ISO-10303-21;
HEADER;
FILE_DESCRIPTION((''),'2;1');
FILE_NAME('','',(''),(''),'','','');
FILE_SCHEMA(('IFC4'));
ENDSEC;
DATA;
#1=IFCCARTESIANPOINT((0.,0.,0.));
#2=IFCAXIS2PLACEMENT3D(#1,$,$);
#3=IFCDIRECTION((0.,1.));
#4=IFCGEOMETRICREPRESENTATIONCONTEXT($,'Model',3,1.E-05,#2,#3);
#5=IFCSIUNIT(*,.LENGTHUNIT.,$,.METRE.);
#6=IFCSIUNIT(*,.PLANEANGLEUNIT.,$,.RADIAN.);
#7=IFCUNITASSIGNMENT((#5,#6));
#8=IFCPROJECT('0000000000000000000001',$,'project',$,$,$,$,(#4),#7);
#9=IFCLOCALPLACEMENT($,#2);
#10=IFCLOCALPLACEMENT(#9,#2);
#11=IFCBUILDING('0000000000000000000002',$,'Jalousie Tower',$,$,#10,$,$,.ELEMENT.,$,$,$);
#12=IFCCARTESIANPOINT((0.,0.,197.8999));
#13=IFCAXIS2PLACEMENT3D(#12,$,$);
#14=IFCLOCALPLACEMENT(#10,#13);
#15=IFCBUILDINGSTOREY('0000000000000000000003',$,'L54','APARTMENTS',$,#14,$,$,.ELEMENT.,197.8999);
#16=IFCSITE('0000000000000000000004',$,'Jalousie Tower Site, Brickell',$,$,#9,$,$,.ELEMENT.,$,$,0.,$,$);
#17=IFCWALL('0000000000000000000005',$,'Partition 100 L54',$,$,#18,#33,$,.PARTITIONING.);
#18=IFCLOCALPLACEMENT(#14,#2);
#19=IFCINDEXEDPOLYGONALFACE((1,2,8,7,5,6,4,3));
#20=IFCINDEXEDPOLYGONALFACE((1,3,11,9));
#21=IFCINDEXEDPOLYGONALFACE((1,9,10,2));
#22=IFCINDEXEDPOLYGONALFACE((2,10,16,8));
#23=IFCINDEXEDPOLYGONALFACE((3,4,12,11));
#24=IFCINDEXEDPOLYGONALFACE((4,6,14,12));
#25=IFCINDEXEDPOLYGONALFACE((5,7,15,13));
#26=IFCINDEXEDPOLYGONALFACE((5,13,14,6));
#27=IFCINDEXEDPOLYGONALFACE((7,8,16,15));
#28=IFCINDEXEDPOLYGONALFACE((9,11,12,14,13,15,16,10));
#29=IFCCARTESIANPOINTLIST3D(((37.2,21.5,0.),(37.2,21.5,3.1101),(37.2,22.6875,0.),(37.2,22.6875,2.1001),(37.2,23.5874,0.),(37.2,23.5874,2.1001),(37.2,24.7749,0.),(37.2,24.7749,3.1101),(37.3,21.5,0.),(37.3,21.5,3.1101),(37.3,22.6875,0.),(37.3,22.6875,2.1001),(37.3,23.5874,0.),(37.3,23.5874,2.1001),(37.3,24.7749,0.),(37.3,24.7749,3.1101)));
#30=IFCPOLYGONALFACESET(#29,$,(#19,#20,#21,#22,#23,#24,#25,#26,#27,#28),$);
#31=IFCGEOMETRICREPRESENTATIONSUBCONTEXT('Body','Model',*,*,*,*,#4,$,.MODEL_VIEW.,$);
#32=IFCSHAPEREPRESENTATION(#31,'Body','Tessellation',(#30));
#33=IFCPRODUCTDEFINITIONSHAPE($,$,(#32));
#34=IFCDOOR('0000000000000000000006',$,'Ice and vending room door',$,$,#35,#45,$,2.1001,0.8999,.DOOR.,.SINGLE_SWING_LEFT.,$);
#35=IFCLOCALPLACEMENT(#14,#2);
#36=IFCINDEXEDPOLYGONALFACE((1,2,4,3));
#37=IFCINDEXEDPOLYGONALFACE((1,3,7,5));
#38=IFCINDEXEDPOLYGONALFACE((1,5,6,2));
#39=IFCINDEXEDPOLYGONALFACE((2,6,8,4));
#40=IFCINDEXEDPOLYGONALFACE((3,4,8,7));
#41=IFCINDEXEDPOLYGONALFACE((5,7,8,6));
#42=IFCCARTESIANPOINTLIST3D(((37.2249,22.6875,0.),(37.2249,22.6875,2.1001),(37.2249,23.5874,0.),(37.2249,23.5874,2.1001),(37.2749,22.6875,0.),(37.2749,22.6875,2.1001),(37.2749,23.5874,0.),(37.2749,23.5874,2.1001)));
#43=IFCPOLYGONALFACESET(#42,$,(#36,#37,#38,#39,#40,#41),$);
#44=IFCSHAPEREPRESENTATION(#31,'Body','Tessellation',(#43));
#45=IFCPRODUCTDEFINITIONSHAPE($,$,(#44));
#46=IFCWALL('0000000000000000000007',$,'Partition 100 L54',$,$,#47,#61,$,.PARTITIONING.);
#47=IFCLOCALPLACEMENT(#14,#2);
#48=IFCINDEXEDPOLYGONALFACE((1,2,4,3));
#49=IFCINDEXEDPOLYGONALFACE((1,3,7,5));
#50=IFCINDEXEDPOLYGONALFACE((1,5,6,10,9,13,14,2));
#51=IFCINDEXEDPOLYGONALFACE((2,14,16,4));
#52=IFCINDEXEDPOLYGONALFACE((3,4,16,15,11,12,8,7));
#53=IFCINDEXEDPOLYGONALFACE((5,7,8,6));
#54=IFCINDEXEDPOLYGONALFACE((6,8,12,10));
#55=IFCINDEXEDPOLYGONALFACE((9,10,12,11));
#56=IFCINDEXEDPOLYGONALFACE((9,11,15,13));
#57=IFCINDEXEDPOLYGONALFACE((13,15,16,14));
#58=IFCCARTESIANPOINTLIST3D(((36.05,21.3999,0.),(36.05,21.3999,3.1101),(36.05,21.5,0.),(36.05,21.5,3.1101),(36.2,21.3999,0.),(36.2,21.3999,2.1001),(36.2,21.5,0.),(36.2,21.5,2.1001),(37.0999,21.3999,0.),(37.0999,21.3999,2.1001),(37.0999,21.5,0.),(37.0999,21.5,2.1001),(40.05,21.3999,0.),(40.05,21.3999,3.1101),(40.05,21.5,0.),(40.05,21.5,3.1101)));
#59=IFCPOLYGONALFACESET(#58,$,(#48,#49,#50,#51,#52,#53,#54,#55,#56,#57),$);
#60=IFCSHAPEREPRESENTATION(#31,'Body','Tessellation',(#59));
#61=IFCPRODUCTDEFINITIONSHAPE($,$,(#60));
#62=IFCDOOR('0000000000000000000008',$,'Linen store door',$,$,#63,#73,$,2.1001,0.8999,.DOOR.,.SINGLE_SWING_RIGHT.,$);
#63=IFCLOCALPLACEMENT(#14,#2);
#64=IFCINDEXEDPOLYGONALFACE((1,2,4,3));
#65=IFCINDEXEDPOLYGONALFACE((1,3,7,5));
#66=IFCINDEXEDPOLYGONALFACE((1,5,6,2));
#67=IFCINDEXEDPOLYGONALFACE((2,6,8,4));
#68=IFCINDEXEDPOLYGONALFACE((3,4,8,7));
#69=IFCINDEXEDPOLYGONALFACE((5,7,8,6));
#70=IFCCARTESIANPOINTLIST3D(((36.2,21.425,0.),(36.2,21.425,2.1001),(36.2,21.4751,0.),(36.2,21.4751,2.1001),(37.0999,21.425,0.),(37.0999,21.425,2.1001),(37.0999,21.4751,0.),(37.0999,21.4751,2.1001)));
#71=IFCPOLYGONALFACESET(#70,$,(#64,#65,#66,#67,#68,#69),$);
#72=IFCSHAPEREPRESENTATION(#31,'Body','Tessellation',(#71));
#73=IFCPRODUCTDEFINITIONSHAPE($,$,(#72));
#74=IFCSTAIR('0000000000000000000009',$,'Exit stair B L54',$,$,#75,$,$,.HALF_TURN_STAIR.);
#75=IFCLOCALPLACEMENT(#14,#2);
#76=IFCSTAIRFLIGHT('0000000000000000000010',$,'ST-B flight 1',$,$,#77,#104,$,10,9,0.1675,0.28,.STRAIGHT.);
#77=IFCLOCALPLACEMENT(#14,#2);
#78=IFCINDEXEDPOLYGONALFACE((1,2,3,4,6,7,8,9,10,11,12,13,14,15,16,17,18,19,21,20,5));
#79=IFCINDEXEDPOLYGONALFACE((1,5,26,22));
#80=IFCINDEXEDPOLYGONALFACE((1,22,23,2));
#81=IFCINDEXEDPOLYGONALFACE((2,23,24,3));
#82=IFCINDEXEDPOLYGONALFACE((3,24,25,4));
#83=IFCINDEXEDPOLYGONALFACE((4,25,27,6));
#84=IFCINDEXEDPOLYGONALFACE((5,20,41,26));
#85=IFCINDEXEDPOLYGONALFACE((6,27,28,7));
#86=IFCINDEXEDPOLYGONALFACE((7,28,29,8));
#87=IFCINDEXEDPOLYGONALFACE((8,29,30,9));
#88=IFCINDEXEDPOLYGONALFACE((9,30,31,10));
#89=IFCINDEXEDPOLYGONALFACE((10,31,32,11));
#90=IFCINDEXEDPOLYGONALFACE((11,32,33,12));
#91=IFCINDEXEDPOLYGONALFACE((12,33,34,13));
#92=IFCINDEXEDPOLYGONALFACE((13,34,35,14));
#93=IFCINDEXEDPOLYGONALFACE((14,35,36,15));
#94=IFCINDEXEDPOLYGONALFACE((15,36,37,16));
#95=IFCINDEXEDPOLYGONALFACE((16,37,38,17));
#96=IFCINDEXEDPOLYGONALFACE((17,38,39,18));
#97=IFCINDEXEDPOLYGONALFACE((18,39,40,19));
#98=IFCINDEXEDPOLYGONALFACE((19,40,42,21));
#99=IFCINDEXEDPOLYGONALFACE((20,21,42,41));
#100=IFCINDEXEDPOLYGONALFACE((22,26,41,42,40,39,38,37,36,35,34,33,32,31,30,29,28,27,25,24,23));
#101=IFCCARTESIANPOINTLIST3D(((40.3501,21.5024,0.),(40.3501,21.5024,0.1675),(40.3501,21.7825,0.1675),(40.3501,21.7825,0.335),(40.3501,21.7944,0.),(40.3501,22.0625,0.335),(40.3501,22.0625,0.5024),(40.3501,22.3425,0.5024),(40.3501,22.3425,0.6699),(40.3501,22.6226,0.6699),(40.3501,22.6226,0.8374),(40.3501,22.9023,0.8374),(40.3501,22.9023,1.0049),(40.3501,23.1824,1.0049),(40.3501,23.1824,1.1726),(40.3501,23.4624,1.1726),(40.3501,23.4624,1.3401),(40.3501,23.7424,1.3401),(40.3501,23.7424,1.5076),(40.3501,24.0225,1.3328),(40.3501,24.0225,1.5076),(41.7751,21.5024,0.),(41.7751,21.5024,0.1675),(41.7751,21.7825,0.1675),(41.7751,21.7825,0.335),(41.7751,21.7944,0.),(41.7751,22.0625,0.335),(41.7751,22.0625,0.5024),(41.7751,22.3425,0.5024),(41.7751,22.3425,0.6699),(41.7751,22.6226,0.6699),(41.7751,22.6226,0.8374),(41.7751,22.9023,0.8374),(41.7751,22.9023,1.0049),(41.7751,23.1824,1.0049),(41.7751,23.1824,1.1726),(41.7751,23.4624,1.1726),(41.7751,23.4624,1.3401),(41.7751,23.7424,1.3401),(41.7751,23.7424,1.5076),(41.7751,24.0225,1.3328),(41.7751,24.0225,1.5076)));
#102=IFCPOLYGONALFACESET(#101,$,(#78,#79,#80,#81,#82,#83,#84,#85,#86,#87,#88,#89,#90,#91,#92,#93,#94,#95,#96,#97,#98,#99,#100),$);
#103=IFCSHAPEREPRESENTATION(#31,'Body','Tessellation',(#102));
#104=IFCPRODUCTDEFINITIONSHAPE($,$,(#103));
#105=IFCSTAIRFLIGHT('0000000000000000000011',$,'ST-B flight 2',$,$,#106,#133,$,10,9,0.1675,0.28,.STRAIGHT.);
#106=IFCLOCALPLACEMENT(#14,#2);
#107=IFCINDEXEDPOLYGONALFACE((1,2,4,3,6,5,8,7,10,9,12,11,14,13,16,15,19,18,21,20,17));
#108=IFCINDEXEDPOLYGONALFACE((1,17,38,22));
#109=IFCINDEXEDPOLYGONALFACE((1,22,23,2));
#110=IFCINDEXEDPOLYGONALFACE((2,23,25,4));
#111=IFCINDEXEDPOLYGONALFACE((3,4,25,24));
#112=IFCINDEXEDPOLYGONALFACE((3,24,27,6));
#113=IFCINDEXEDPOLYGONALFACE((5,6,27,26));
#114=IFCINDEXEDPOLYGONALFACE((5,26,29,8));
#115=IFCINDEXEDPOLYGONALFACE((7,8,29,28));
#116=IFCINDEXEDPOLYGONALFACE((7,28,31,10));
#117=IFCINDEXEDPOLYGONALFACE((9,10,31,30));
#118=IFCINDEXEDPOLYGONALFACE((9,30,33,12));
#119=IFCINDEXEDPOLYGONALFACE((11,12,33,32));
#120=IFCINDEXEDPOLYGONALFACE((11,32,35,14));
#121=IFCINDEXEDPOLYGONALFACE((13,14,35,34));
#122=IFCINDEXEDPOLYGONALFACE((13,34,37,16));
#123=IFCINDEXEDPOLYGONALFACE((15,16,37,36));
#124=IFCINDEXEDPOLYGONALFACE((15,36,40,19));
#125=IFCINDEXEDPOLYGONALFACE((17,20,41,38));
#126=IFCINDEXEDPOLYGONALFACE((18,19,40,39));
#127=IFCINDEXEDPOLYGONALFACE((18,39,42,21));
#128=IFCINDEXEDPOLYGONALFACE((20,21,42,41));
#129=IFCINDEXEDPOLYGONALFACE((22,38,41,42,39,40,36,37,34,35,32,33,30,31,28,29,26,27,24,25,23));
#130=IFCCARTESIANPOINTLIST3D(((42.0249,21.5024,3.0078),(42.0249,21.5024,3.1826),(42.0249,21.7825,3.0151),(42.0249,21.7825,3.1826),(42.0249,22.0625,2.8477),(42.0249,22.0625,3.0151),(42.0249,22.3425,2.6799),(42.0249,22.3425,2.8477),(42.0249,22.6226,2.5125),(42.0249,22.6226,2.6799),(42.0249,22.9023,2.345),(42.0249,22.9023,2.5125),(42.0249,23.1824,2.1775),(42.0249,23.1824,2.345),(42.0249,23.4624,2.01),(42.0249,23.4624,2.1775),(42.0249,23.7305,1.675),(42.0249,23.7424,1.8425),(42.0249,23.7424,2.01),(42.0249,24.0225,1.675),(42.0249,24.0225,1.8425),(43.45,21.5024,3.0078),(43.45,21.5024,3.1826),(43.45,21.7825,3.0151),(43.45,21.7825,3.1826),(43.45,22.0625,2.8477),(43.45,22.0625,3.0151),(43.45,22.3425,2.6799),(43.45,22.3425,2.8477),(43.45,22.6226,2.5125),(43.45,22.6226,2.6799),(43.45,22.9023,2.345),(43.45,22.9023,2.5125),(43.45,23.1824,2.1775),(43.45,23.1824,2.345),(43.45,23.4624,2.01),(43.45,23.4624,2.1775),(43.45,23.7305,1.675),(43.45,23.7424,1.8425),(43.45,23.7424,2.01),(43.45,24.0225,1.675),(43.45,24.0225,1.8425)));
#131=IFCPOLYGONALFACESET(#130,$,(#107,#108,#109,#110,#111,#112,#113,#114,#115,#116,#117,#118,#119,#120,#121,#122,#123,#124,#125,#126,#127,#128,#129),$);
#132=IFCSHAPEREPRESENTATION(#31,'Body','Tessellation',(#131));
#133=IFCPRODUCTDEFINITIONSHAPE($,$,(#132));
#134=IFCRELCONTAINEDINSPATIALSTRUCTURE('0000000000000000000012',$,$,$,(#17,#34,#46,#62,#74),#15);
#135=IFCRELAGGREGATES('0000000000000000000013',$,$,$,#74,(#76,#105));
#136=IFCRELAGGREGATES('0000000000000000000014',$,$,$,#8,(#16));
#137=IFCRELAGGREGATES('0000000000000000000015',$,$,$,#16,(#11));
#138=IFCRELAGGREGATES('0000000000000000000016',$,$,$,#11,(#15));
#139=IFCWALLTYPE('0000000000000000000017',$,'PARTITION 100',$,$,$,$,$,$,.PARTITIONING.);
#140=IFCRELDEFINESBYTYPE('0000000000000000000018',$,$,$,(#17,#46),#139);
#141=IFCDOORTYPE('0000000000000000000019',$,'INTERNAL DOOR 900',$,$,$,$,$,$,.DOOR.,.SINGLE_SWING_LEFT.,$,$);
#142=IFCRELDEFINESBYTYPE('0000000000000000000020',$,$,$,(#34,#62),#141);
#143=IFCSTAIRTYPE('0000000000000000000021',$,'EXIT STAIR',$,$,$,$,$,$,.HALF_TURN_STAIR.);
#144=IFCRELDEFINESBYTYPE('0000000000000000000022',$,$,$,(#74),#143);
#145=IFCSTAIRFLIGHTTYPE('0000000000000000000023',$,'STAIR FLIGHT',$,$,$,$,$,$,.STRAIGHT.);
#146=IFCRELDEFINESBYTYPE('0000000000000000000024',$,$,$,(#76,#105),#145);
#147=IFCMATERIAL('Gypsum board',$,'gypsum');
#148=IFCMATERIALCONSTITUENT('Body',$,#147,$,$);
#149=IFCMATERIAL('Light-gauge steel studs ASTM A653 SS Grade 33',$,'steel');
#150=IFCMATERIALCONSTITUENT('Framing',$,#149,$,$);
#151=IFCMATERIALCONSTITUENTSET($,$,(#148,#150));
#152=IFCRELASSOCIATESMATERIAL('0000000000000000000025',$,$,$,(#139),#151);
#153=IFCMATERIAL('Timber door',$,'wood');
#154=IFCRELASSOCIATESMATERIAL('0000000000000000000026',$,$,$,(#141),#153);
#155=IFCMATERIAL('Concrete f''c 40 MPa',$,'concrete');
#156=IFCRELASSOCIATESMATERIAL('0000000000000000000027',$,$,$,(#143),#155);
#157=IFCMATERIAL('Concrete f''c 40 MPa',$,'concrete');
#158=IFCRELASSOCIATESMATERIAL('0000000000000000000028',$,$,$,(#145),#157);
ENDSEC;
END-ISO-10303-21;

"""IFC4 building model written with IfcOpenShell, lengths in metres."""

from ifc_helpers import new_model, si_unit, direction, frame, frame_2d, origin, place, context, subcontext, project, spatial, polyline, rectangle, outline, extrude, material, constituent, constituent_set, type_object, element, fill, aggregate, save


model = new_model("IFC4")

# Units and contexts
model_context = context("Model", 3, precision=1e-05, world=origin(), true_north=direction((0.0, 1.0)))
body_context = subcontext(model_context, "Body", "Model", "MODEL_VIEW")
ifc_project = project(units=[si_unit("LENGTHUNIT", "METRE"), si_unit("PLANEANGLEUNIT", "RADIAN")], contexts=[model_context])

# Site, building, storey
site_placement = place(None, origin())
site = spatial("IfcSite", under=ifc_project, at=site_placement, Name="Jalousie Tower Site, Brickell", CompositionType="ELEMENT", RefElevation=0.0)
building_placement = place(site_placement, origin())
building = spatial("IfcBuilding", under=site, at=building_placement, Name="Jalousie Tower", CompositionType="ELEMENT")
storey_placement = place(building_placement, frame((0.0, 0.0, 197.8999)))
storey = spatial("IfcBuildingStorey", under=building, at=storey_placement, Name="L54", Description="APARTMENTS", CompositionType="ELEMENT", Elevation=197.8999)

# Shared definitions
ifc_material_1 = material(Name="Gypsum board", Category="gypsum")
ifc_constituent_1 = constituent(ifc_material_1, Name="Body")
ifc_material_2 = material(Name="Light-gauge steel studs ASTM A653 SS Grade 33", Category="steel")
ifc_constituent_2 = constituent(ifc_material_2, Name="Framing")
ifc_constituent_set_1 = constituent_set(constituents=[ifc_constituent_1, ifc_constituent_2])
wall_type_1 = type_object("IfcWallType", Name="PARTITION 100", PredefinedType="PARTITIONING", material=ifc_constituent_set_1)
ifc_material_3 = material(Name="Timber door", Category="wood")
door_type_1 = type_object("IfcDoorType", Name="INTERNAL DOOR 900", OperationType="SINGLE_SWING_LEFT", PredefinedType="DOOR", material=ifc_material_3)

# Walls, openings, doors
wall_1_placement = place(storey_placement, frame((37.25, 21.5, 0.0), z_axis=(0.0, 0.0, 1.0), x_axis=(0.0, 1.0, 0.0)))
wall_1 = element("IfcWall", 1, at=wall_1_placement, inside=storey, type_object=wall_type_1, Name="Partition 100 L54", PredefinedType="PARTITIONING", context=body_context, shape_type="SweptSolid", body=[
    extrude(rectangle(XDim=3.2749, YDim=0.1001, at=frame_2d((1.6375, 0.0))), origin(), (0.0, 0.0, 1.0), 3.1101),
])
opening_1_placement = place(wall_1_placement, frame((1.1875, 0.0, 0.0)))
opening_1 = element("IfcOpeningElement", 2, at=opening_1_placement, cuts=wall_1, PredefinedType="OPENING", context=body_context, shape_type="SweptSolid", body=[
    extrude(rectangle(XDim=0.8999, YDim=2.1001, at=frame_2d((0.45, 1.05))), frame((0.0, 0.0601, 0.0), z_axis=(0.0, -1.0, 0.0), x_axis=(1.0, 0.0, 0.0)), (0.0, 0.0, 1.0), 0.1201),
])
door_1_placement = place(opening_1_placement, frame((0.8999, 0.0, 0.0), z_axis=(0.0, 0.0, 1.0), x_axis=(-1.0, 0.0, 0.0)))
door_1 = element("IfcDoor", 3, at=door_1_placement, inside=storey, type_object=door_type_1, Name="Ice and vending room door", OperationType="SINGLE_SWING_LEFT", OverallHeight=2.1001, OverallWidth=0.8999, PredefinedType="DOOR", context=body_context, shape_type="SweptSolid", body=[
    extrude(rectangle(XDim=0.8999, YDim=2.1001, at=frame_2d((0.45, 1.05))), frame((0.0, 0.0249, 0.0), z_axis=(0.0, -1.0, 0.0), x_axis=(1.0, 0.0, 0.0)), (0.0, 0.0, 1.0), 0.05),
])
fill(opening_1, door_1)
wall_2_placement = place(storey_placement, frame((36.05, 21.45, 0.0), z_axis=(0.0, 0.0, 1.0), x_axis=(1.0, 0.0, 0.0)))
wall_2 = element("IfcWall", 4, at=wall_2_placement, inside=storey, type_object=wall_type_1, Name="Partition 100 L54", PredefinedType="PARTITIONING", context=body_context, shape_type="SweptSolid", body=[
    extrude(rectangle(XDim=4.0, YDim=0.1001, at=frame_2d((2.0, 0.0))), origin(), (0.0, 0.0, 1.0), 3.1101),
])
opening_2_placement = place(wall_2_placement, frame((0.1499, 0.0, 0.0)))
opening_2 = element("IfcOpeningElement", 5, at=opening_2_placement, cuts=wall_2, PredefinedType="OPENING", context=body_context, shape_type="SweptSolid", body=[
    extrude(rectangle(XDim=0.8999, YDim=2.1001, at=frame_2d((0.45, 1.05))), frame((0.0, 0.0601, 0.0), z_axis=(0.0, -1.0, 0.0), x_axis=(1.0, 0.0, 0.0)), (0.0, 0.0, 1.0), 0.1201),
])
door_2_placement = place(opening_2_placement, frame((0.8999, 0.0, 0.0), z_axis=(0.0, 0.0, 1.0), x_axis=(-1.0, 0.0, 0.0)))
door_2 = element("IfcDoor", 6, at=door_2_placement, inside=storey, type_object=door_type_1, Name="Linen store door", OperationType="SINGLE_SWING_RIGHT", OverallHeight=2.1001, OverallWidth=0.8999, PredefinedType="DOOR", context=body_context, shape_type="SweptSolid", body=[
    extrude(rectangle(XDim=0.8999, YDim=2.1001, at=frame_2d((0.45, 1.05))), frame((0.0, 0.0249, 0.0), z_axis=(0.0, -1.0, 0.0), x_axis=(1.0, 0.0, 0.0)), (0.0, 0.0, 1.0), 0.05),
])
fill(opening_2, door_2)

# Stair, stair flights
ifc_material_4 = material(Name="Concrete f'c 40 MPa", Category="concrete")
stair_type = type_object("IfcStairType", Name="EXIT STAIR", PredefinedType="HALF_TURN_STAIR", material=ifc_material_4)
stair_placement = place(storey_placement, origin())
stair = element("IfcStair", 7, at=stair_placement, inside=storey, type_object=stair_type, Name="Exit stair B L54", PredefinedType="HALF_TURN_STAIR")
ifc_material_5 = material(Name="Concrete f'c 40 MPa", Category="concrete")
stair_flight_type = type_object("IfcStairFlightType", Name="STAIR FLIGHT", PredefinedType="STRAIGHT", material=ifc_material_5)
stair_flight_1_placement = place(storey_placement, frame((41.0625, 21.5024, 0.0), z_axis=(0.0, 0.0, 1.0), x_axis=(0.0, 1.0, 0.0)))
stair_flight_1 = element("IfcStairFlight", 8, at=stair_flight_1_placement, type_object=stair_flight_type, Name="ST-B flight 1", NumberOfRisers=10, NumberOfTreads=9, PredefinedType="STRAIGHT", RiserHeight=0.1675, TreadLength=0.28, context=body_context, shape_type="SweptSolid", body=[
    extrude(outline(polyline([(0.0, 0.0), (0.0, 0.1675), (0.28, 0.1675), (0.28, 0.335), (0.5601, 0.335), (0.5601, 0.5024), (0.8401, 0.5024), (0.8401, 0.6699), (1.1201, 0.6699), (1.1201, 0.8374), (1.3999, 0.8374), (1.3999, 1.0049), (1.6799, 1.0049), (1.6799, 1.1726), (1.96, 1.1726), (1.96, 1.3401), (2.24, 1.3401), (2.24, 1.5076), (2.52, 1.5076), (2.52, 1.675), (2.52, 1.3328), (0.292, 0.0), (0.0, 0.0)])), frame((0.0, 0.7124, 0.0), z_axis=(0.0, -1.0, 0.0), x_axis=(1.0, 0.0, 0.0)), (0.0, 0.0, 1.0), 1.425),
])
stair_flight_2_placement = place(storey_placement, frame((42.7375, 24.0225, 1.675), z_axis=(0.0, 0.0, 1.0), x_axis=(0.0, -1.0, 0.0)))
stair_flight_2 = element("IfcStairFlight", 9, at=stair_flight_2_placement, type_object=stair_flight_type, Name="ST-B flight 2", NumberOfRisers=10, NumberOfTreads=9, PredefinedType="STRAIGHT", RiserHeight=0.1675, TreadLength=0.28, context=body_context, shape_type="SweptSolid", body=[
    extrude(outline(polyline([(0.0, 0.0), (0.0, 0.1675), (0.28, 0.1675), (0.28, 0.335), (0.5601, 0.335), (0.5601, 0.5024), (0.8401, 0.5024), (0.8401, 0.6699), (1.1201, 0.6699), (1.1201, 0.8374), (1.3999, 0.8374), (1.3999, 1.0049), (1.6799, 1.0049), (1.6799, 1.1726), (1.96, 1.1726), (1.96, 1.3401), (2.24, 1.3401), (2.24, 1.5076), (2.52, 1.5076), (2.52, 1.675), (2.52, 1.3328), (0.292, 0.0), (0.0, 0.0)])), frame((0.0, 0.7124, 0.0), z_axis=(0.0, -1.0, 0.0), x_axis=(1.0, 0.0, 0.0)), (0.0, 0.0, 1.0), 1.425),
])
aggregate(stair, [stair_flight_1, stair_flight_2])

save(model, "model.ifc")
